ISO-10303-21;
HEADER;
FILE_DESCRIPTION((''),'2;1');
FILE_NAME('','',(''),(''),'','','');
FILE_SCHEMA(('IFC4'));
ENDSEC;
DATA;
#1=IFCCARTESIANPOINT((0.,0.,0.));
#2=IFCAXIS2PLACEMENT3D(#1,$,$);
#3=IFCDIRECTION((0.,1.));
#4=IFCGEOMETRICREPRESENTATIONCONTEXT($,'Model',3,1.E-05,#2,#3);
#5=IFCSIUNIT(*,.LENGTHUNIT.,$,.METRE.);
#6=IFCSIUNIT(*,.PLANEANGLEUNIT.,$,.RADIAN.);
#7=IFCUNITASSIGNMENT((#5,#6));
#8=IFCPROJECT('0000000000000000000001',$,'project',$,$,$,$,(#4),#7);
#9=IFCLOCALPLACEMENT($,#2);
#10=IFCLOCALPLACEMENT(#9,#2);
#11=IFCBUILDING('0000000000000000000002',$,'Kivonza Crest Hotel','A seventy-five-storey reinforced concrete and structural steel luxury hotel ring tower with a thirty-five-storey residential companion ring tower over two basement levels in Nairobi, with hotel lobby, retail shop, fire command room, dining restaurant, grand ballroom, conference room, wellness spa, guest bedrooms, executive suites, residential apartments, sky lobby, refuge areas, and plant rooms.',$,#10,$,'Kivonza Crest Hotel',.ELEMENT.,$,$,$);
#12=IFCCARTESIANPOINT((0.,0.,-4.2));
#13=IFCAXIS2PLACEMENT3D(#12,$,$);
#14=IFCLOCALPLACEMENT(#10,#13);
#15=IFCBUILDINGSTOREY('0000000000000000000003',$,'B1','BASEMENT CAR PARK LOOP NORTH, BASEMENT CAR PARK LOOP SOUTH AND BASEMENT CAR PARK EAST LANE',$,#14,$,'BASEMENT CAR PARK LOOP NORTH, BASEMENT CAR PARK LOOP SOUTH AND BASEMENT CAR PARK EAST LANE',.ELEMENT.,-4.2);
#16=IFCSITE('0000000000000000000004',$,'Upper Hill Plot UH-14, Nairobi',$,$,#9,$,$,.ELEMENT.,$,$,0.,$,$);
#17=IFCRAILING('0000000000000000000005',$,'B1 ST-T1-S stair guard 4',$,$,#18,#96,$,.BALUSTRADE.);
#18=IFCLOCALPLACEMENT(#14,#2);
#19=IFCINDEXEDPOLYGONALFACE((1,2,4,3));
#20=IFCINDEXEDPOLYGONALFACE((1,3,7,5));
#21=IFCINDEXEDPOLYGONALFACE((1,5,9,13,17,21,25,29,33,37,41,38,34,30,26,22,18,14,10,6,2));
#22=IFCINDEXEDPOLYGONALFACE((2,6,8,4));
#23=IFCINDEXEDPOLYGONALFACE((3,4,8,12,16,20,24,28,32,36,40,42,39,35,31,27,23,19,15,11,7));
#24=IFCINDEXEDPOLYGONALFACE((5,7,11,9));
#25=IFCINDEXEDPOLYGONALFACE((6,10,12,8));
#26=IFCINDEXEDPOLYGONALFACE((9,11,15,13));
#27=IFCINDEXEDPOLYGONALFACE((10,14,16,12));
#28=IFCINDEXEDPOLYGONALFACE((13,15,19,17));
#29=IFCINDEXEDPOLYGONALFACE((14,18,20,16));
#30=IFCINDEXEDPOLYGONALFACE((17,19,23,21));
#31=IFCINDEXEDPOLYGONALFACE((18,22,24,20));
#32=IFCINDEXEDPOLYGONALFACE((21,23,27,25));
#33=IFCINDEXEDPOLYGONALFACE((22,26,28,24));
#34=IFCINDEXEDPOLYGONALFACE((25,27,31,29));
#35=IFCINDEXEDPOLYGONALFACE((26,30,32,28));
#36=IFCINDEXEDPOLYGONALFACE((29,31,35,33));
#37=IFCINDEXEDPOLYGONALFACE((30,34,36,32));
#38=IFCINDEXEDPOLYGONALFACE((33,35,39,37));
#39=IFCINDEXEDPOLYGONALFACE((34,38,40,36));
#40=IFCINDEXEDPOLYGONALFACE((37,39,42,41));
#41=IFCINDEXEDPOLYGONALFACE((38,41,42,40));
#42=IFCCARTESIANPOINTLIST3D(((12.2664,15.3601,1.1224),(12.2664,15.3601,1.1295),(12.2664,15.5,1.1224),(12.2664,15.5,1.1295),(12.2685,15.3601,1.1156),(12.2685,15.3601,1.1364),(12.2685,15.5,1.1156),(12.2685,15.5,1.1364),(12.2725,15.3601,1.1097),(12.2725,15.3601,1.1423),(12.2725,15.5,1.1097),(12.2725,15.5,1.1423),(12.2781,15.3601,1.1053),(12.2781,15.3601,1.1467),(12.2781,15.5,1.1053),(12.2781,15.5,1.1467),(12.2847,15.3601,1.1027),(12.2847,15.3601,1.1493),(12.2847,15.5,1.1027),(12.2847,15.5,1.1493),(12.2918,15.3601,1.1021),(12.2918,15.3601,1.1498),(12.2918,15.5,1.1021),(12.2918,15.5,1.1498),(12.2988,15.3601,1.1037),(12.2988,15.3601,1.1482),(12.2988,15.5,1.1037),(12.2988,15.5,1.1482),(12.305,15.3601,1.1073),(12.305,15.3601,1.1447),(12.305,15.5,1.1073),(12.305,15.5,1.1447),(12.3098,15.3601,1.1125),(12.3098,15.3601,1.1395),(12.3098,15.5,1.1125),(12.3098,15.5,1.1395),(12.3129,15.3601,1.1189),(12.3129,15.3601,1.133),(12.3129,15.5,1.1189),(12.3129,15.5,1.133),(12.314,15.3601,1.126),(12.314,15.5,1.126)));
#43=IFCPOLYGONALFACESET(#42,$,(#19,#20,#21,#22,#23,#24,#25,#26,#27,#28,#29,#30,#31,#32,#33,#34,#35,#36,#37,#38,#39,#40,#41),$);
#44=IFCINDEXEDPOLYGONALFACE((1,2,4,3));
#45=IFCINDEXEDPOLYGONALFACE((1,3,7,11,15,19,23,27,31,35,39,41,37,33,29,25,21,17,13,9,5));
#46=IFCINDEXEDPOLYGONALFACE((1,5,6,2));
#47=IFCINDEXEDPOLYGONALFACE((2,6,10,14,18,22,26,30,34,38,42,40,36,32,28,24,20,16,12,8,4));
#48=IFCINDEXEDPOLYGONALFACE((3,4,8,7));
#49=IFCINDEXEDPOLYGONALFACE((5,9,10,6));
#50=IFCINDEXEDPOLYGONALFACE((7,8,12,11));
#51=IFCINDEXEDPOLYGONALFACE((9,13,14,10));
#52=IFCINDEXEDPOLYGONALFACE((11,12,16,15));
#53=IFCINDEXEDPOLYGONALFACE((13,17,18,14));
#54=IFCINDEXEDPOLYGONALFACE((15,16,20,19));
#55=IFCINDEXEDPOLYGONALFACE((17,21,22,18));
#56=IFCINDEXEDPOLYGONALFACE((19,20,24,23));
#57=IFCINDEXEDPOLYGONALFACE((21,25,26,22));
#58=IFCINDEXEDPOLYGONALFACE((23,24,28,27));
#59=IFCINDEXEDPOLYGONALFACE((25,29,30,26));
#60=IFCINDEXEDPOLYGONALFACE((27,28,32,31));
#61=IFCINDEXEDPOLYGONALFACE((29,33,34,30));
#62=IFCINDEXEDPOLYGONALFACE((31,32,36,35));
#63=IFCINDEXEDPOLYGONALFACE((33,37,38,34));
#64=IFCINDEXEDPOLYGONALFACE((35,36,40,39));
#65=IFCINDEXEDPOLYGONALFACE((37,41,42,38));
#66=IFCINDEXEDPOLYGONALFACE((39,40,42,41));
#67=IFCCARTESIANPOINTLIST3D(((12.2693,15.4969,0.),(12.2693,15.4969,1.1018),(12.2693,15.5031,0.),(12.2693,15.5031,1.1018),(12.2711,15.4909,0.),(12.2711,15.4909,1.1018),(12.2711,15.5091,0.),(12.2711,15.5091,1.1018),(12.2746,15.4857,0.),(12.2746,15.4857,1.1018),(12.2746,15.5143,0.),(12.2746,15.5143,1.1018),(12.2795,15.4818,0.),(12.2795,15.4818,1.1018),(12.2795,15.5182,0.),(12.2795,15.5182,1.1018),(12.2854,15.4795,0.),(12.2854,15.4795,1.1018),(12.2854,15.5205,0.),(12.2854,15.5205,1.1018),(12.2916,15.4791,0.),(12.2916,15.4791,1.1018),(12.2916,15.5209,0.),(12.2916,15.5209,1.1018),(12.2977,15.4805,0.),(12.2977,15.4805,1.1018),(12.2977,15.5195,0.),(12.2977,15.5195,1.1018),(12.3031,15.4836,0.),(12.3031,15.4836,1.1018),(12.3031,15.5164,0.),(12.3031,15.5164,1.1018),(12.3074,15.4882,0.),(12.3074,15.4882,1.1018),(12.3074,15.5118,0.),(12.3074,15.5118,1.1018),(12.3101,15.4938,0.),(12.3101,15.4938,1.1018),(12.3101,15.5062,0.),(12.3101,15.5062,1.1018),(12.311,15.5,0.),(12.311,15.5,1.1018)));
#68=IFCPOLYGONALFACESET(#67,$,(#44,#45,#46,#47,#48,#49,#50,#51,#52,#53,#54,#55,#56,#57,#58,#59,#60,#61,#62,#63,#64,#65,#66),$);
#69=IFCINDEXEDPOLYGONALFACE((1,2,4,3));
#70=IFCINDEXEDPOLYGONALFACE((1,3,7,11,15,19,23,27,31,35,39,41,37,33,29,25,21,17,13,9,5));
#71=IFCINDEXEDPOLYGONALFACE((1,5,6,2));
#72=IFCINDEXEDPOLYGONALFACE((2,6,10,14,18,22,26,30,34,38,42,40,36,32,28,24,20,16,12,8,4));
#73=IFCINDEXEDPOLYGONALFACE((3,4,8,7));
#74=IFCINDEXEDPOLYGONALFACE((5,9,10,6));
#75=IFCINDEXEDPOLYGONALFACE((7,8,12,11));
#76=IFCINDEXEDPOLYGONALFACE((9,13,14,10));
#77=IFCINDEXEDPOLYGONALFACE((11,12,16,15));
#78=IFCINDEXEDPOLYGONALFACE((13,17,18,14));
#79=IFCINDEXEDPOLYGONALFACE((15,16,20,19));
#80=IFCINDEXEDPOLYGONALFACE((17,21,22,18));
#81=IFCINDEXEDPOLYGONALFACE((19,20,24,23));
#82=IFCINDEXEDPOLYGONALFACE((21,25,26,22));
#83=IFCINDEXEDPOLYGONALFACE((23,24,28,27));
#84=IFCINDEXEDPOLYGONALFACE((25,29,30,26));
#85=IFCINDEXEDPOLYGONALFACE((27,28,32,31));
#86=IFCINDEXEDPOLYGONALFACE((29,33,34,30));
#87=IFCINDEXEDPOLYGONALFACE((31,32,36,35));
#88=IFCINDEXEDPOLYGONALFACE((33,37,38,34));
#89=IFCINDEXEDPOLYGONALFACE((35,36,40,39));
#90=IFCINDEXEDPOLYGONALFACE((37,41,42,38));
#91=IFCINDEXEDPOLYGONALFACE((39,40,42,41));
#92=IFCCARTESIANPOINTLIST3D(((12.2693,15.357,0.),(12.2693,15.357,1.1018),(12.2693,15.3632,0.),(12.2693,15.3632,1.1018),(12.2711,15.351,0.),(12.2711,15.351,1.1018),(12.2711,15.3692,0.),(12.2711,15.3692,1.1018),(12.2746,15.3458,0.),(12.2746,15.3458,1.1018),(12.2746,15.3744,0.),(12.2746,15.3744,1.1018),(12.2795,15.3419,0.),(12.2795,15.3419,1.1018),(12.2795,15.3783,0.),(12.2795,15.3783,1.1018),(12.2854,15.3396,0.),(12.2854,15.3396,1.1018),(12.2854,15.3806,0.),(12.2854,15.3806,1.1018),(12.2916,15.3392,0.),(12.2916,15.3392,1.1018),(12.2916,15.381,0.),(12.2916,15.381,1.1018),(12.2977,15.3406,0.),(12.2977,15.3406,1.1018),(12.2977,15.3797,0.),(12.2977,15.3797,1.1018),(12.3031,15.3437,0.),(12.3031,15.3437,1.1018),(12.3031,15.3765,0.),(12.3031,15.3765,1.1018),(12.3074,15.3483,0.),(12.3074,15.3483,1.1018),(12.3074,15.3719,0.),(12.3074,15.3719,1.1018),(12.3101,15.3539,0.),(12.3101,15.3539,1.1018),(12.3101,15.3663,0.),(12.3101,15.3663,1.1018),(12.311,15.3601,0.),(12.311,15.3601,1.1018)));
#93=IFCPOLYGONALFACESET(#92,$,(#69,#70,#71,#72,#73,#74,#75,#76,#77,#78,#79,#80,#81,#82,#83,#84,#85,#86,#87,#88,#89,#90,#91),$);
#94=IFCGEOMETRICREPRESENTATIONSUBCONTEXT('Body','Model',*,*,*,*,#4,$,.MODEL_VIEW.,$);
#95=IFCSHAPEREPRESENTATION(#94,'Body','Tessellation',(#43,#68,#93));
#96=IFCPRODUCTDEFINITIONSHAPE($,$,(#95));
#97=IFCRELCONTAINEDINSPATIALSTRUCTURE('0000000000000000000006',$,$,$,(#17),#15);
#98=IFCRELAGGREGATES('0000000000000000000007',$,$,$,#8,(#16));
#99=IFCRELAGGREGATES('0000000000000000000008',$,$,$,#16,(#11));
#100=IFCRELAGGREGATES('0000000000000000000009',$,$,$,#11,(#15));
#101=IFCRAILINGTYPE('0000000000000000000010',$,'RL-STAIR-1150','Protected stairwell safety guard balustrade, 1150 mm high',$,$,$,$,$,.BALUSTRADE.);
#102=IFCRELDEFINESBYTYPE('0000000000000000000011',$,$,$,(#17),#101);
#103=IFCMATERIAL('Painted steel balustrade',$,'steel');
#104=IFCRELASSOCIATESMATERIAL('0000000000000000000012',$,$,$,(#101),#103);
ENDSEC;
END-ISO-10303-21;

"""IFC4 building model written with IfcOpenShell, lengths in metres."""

from ifc_helpers import new_model, si_unit, direction, frame, origin, origin_2d, place, context, subcontext, project, spatial, circle, extrude, material, type_object, element, save


model = new_model("IFC4")

# Units and contexts
model_context = context("Model", 3, precision=1e-05, world=origin(), true_north=direction((0.0, 1.0)))
body_context = subcontext(model_context, "Body", "Model", "MODEL_VIEW")
ifc_project = project(units=[si_unit("LENGTHUNIT", "METRE"), si_unit("PLANEANGLEUNIT", "RADIAN")], contexts=[model_context])

# Site, building, storey
site_placement = place(None, origin())
site = spatial("IfcSite", under=ifc_project, at=site_placement, Name="Upper Hill Plot UH-14, Nairobi", CompositionType="ELEMENT", RefElevation=0.0)
building_placement = place(site_placement, origin())
building = spatial("IfcBuilding", under=site, at=building_placement, Name="Kivonza Crest Hotel", Description="A seventy-five-storey reinforced concrete and structural steel luxury hotel ring tower with a thirty-five-storey residential companion ring tower over two basement levels in Nairobi, with hotel lobby, retail shop, fire command room, dining restaurant, grand ballroom, conference room, wellness spa, guest bedrooms, executive suites, residential apartments, sky lobby, refuge areas, and plant rooms.", LongName="Kivonza Crest Hotel", CompositionType="ELEMENT")
storey_placement = place(building_placement, frame((0.0, 0.0, -4.2)))
storey = spatial("IfcBuildingStorey", under=building, at=storey_placement, Name="B1", Description="BASEMENT CAR PARK LOOP NORTH, BASEMENT CAR PARK LOOP SOUTH AND BASEMENT CAR PARK EAST LANE", LongName="BASEMENT CAR PARK LOOP NORTH, BASEMENT CAR PARK LOOP SOUTH AND BASEMENT CAR PARK EAST LANE", CompositionType="ELEMENT", Elevation=-4.2)

# Railing
ifc_material_1 = material(Name="Painted steel balustrade", Category="steel")
railing_type_1 = type_object("IfcRailingType", Name="RL-STAIR-1150", Description="Protected stairwell safety guard balustrade, 1150 mm high", PredefinedType="BALUSTRADE", material=ifc_material_1)
railing_1_placement = place(storey_placement, frame((12.29, 15.5, 0.0)))
element("IfcRailing", 1, at=railing_1_placement, inside=storey, type_object=railing_type_1, Name="B1 ST-T1-S stair guard 4", PredefinedType="BALUSTRADE", context=body_context, shape_type="SweptSolid", body=[
    extrude(circle(Radius=0.0239, at=origin_2d()), frame((0.0, 0.0, 1.126), z_axis=(0.0, -1.0, 0.0), x_axis=(1.0, 0.0, 0.0)), (0.0, 0.0, 1.0), 0.1399),
    extrude(circle(Radius=0.021, at=origin_2d()), origin(), (0.0, 0.0, 1.0), 1.1018),
    extrude(circle(Radius=0.021, at=origin_2d()), frame((0.0, -0.1399, 0.0)), (0.0, 0.0, 1.0), 1.1018),
])

save(model, "model.ifc")
